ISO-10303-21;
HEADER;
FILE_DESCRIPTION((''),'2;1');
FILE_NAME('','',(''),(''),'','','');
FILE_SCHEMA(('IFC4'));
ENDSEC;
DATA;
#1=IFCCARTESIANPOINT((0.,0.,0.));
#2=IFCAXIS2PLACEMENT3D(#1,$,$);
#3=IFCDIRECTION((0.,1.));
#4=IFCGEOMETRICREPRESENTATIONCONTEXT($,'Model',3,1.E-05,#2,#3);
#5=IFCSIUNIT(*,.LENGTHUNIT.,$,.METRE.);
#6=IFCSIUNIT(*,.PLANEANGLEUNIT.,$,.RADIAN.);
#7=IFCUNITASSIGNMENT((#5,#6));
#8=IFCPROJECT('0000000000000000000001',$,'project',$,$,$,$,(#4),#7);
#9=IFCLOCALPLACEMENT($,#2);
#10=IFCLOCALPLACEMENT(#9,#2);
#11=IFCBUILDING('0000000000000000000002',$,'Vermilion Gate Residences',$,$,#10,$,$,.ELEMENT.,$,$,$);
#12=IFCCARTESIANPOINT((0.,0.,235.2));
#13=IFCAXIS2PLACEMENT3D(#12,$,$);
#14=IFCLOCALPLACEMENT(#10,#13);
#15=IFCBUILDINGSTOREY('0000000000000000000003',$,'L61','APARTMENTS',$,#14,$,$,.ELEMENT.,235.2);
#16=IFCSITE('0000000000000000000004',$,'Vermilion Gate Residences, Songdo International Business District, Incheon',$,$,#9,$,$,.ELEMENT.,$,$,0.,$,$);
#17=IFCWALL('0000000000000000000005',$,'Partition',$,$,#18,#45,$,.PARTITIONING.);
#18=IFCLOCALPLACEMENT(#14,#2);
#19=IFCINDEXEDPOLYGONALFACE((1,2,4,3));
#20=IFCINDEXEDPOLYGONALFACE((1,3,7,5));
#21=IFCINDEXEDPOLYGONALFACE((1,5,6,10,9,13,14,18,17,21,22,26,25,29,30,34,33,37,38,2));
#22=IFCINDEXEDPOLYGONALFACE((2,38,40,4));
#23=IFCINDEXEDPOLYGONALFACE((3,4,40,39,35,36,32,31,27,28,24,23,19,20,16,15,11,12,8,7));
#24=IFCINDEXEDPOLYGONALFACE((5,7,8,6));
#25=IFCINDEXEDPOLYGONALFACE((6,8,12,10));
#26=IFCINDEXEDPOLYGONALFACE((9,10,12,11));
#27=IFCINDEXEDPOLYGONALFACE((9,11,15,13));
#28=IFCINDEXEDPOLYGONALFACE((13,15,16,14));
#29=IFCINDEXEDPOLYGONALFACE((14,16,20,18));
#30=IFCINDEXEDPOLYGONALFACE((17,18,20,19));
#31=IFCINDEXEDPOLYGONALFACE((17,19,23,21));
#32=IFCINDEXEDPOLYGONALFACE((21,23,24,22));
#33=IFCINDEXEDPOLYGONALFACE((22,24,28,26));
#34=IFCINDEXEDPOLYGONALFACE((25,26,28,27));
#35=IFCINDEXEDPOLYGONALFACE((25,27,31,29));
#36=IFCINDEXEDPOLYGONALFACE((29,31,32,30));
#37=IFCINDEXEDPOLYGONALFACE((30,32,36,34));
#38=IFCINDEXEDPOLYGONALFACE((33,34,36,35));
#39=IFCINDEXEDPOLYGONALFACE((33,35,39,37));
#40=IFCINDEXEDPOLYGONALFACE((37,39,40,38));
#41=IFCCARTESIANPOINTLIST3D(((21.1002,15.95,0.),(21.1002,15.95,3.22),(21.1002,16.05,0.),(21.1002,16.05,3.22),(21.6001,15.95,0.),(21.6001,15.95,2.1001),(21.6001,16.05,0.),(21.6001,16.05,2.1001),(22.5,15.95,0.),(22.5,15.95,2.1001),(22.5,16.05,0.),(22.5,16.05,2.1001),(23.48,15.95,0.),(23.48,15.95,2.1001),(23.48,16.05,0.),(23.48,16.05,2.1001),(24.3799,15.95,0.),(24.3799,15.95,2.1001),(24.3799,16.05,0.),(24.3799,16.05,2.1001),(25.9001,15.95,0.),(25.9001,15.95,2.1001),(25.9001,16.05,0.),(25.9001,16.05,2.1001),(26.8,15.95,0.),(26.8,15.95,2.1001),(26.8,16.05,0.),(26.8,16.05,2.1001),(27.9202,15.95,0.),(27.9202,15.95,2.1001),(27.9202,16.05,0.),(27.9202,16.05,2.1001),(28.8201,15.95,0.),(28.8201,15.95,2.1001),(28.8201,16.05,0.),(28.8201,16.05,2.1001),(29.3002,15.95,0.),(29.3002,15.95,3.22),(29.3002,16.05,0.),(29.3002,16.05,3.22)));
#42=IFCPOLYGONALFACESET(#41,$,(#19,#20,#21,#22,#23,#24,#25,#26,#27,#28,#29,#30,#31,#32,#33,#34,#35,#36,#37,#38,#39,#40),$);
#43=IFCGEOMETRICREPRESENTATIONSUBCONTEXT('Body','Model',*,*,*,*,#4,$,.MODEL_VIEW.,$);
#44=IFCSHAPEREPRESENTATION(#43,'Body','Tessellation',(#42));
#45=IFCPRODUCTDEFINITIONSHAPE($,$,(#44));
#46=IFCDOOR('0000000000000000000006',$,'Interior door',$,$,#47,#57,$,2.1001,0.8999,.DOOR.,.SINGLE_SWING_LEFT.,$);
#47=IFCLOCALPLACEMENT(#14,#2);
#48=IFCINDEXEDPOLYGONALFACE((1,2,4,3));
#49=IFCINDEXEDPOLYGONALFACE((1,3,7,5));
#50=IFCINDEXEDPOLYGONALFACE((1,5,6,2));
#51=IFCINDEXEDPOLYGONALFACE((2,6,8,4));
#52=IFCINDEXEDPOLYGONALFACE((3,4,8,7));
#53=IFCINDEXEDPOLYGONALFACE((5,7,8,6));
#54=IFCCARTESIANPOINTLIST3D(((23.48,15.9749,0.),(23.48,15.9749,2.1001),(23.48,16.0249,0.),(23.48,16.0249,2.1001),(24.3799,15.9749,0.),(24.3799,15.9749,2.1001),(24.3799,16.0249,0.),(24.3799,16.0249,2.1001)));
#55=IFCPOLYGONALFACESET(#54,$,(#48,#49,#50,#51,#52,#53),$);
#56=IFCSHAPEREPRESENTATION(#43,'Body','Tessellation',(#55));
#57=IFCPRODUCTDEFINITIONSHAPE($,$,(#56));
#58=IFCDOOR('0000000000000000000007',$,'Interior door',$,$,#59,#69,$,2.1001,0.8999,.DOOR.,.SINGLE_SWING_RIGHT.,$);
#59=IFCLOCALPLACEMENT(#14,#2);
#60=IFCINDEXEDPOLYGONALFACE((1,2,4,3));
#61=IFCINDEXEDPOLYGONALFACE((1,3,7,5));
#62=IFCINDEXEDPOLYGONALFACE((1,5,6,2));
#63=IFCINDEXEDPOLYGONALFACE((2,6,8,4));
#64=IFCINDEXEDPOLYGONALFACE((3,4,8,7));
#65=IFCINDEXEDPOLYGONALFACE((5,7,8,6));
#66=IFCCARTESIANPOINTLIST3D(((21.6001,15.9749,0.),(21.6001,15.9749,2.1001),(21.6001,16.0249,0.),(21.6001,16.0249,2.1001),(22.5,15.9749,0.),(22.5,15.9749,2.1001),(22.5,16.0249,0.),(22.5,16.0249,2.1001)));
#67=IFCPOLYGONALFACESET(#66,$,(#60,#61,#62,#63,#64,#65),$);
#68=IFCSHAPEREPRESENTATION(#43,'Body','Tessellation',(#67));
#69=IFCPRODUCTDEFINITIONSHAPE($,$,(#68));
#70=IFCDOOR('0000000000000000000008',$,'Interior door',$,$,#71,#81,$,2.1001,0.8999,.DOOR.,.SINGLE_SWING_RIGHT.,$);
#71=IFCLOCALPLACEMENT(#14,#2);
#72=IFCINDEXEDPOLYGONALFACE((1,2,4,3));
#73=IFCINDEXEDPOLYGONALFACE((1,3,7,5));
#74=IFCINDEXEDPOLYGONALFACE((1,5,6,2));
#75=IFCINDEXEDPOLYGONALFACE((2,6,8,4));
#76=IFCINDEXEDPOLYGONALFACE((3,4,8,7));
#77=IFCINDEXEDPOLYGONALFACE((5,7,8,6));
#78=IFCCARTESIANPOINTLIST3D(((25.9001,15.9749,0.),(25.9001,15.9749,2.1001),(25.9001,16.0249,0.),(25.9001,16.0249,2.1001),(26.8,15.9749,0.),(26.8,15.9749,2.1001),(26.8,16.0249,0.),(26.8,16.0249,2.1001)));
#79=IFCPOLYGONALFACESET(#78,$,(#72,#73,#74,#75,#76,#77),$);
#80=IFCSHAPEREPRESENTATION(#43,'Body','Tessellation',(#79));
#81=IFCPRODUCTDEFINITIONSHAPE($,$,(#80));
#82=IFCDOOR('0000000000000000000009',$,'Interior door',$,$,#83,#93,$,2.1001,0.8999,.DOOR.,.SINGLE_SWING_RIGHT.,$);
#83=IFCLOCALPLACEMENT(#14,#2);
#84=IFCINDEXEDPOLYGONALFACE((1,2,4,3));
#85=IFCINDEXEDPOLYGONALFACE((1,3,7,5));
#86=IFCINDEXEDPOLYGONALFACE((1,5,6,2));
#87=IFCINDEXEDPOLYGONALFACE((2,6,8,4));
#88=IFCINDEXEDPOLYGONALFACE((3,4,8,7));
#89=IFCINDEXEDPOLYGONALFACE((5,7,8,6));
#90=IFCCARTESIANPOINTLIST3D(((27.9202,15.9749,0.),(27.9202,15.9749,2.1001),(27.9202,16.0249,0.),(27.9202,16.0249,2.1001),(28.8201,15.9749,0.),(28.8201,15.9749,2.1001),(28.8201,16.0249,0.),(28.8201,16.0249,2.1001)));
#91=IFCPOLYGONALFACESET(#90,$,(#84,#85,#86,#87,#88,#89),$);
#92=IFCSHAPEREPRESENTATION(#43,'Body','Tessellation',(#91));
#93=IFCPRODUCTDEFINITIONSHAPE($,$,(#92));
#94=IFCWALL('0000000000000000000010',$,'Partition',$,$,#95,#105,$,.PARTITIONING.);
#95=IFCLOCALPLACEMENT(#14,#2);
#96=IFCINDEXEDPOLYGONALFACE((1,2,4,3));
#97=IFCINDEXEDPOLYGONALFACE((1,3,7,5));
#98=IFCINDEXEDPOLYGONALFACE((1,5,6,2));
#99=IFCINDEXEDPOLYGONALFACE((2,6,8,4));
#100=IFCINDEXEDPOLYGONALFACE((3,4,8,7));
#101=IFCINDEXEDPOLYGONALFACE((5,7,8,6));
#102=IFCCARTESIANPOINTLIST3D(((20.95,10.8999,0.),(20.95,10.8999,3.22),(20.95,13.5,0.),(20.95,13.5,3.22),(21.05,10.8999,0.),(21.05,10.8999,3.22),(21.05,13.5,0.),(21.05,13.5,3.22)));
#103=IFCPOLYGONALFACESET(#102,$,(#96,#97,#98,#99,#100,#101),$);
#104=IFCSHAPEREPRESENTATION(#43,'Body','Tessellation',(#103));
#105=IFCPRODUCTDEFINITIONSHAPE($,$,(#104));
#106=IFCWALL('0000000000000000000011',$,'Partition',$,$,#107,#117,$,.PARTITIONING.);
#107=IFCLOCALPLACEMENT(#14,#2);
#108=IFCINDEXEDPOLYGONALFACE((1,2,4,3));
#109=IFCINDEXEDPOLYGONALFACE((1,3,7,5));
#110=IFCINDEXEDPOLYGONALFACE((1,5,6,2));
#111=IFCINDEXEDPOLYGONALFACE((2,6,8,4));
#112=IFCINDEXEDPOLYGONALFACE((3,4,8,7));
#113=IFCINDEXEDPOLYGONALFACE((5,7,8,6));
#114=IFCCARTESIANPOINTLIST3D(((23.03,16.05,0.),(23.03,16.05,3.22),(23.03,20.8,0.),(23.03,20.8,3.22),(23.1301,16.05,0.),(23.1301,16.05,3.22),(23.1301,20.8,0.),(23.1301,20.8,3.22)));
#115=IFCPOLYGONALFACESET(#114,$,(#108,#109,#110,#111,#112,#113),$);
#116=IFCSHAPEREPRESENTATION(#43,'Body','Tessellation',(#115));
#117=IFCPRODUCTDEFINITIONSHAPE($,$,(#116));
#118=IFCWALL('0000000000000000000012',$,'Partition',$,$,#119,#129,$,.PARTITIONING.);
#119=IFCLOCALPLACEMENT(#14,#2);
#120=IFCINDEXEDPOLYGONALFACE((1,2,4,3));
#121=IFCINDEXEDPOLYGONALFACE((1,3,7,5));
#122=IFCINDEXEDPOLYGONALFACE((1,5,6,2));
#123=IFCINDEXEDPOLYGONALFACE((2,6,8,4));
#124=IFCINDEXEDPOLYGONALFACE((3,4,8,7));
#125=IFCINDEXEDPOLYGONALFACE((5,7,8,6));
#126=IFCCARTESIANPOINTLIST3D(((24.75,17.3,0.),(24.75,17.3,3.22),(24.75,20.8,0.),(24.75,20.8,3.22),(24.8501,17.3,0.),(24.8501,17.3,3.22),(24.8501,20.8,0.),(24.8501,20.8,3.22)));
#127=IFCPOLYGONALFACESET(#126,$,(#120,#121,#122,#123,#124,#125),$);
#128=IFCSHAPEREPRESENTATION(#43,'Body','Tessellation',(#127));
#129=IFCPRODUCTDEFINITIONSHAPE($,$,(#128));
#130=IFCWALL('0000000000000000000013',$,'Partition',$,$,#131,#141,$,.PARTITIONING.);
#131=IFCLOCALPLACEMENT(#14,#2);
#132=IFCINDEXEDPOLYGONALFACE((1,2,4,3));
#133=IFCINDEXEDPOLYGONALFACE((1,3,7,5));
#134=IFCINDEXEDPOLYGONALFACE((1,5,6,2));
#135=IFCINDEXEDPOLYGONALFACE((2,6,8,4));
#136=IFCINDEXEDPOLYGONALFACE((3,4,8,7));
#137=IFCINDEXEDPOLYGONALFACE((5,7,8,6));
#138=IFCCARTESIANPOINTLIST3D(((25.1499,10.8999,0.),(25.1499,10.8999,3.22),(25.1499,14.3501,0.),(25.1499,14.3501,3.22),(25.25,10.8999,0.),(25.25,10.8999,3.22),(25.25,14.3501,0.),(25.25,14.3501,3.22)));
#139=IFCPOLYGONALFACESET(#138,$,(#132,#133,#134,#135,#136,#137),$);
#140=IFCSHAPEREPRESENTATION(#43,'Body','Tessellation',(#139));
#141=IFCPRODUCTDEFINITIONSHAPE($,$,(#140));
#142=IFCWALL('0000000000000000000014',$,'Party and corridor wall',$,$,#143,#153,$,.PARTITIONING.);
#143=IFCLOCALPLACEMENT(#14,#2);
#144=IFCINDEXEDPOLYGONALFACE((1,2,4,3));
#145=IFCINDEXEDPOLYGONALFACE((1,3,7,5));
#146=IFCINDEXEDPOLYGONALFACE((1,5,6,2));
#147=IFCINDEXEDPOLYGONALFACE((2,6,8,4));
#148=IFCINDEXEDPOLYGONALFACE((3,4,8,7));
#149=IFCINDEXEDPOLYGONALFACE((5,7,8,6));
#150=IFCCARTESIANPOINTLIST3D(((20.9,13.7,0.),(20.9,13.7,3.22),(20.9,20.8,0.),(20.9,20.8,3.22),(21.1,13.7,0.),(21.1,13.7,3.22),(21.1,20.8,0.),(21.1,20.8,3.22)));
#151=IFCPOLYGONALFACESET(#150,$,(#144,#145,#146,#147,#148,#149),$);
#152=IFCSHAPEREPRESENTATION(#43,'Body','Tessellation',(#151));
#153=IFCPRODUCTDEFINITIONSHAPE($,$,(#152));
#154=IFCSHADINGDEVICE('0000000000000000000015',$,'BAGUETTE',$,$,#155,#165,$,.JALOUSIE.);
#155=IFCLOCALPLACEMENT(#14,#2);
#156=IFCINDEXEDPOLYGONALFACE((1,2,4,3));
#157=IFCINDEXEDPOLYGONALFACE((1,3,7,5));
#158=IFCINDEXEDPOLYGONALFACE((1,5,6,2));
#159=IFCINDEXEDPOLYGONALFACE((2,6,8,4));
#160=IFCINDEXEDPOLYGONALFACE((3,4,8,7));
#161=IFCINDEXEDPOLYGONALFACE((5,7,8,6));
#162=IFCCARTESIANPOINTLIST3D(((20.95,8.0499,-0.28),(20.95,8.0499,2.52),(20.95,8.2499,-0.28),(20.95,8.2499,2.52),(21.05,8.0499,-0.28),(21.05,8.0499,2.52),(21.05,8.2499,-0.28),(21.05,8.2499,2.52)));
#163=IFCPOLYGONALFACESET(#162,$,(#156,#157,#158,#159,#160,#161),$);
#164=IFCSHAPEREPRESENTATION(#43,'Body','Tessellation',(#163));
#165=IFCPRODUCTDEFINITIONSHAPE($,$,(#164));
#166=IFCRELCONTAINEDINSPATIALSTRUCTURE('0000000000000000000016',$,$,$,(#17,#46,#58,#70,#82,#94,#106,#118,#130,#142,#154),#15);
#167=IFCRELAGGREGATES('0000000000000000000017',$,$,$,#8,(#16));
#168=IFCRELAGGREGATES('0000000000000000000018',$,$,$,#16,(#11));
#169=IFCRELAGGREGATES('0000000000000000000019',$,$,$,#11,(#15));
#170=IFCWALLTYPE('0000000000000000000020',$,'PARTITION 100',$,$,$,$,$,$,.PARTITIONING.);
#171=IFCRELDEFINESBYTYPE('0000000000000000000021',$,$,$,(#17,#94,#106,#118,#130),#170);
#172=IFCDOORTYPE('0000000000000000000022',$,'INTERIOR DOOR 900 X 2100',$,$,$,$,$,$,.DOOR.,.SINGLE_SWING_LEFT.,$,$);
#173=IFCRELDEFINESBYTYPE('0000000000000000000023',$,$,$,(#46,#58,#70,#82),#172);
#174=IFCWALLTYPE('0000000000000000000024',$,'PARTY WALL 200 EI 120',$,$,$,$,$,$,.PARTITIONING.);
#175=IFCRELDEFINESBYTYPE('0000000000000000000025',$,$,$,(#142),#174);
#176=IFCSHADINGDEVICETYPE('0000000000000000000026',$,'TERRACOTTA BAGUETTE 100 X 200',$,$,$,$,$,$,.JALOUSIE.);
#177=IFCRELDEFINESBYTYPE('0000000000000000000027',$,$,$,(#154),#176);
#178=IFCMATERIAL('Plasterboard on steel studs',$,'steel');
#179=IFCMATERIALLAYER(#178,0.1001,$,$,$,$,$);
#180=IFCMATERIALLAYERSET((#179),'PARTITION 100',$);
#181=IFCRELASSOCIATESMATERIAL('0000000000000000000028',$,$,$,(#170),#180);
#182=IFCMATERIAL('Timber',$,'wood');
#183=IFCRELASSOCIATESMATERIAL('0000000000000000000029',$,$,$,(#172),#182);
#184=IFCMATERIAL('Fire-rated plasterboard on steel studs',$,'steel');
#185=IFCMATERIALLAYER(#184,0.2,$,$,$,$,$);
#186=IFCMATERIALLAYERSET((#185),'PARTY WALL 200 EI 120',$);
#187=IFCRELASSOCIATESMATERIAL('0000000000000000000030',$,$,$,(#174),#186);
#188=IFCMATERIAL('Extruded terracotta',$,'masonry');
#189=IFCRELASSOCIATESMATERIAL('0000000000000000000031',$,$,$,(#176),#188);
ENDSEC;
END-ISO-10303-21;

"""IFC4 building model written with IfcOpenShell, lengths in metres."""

from ifc_helpers import new_model, si_unit, direction, frame, frame_2d, origin, origin_2d, place, context, subcontext, project, spatial, rectangle, extrude, material, layer, layer_set, material_profile, profile_set, type_object, element, fill, save


model = new_model("IFC4")

# Units and contexts
model_context = context("Model", 3, precision=1e-05, world=origin(), true_north=direction((0.0, 1.0)))
body_context = subcontext(model_context, "Body", "Model", "MODEL_VIEW")
ifc_project = project(units=[si_unit("LENGTHUNIT", "METRE"), si_unit("PLANEANGLEUNIT", "RADIAN")], contexts=[model_context])

# Site, building, storey
site_placement = place(None, origin())
site = spatial("IfcSite", under=ifc_project, at=site_placement, Name="Vermilion Gate Residences, Songdo International Business District, Incheon", CompositionType="ELEMENT", RefElevation=0.0)
building_placement = place(site_placement, origin())
building = spatial("IfcBuilding", under=site, at=building_placement, Name="Vermilion Gate Residences", CompositionType="ELEMENT")
storey_placement = place(building_placement, frame((0.0, 0.0, 235.2)))
storey = spatial("IfcBuildingStorey", under=building, at=storey_placement, Name="L61", Description="APARTMENTS", CompositionType="ELEMENT", Elevation=235.2)

# Wall, openings, doors
ifc_material_1 = material(Name="Plasterboard on steel studs", Category="steel")
ifc_layer_1 = layer(ifc_material_1, 0.1001)
ifc_layer_set_1 = layer_set([ifc_layer_1], Name="PARTITION 100")
wall_type_1 = type_object("IfcWallType", Name="PARTITION 100", PredefinedType="PARTITIONING", material=ifc_layer_set_1)
ifc_material_2 = material(Name="Timber", Category="wood")
door_type = type_object("IfcDoorType", Name="INTERIOR DOOR 900 X 2100", OperationType="SINGLE_SWING_LEFT", PredefinedType="DOOR", material=ifc_material_2)
wall_1_placement = place(storey_placement, frame((21.1001, 16.0, 0.0), z_axis=(0.0, 0.0, 1.0), x_axis=(1.0, 0.0, 0.0)))
wall_1 = element("IfcWall", 1, at=wall_1_placement, inside=storey, type_object=wall_type_1, Name="Partition", PredefinedType="PARTITIONING", context=body_context, shape_type="SweptSolid", body=[
    extrude(rectangle(XDim=8.2, YDim=0.1001, at=frame_2d((4.1001, 0.0))), origin(), (0.0, 0.0, 1.0), 3.22),
])
opening_1_placement = place(wall_1_placement, frame((2.3799, 0.0, 0.0)))
opening_1 = element("IfcOpeningElement", 2, at=opening_1_placement, cuts=wall_1, PredefinedType="OPENING", context=body_context, shape_type="SweptSolid", body=[
    extrude(rectangle(XDim=0.8999, YDim=2.1001, at=frame_2d((0.45, 1.05))), frame((0.0, 0.0601, 0.0), z_axis=(0.0, -1.0, 0.0), x_axis=(1.0, 0.0, 0.0)), (0.0, 0.0, 1.0), 0.1201),
])
opening_2_placement = place(wall_1_placement, frame((0.5, 0.0, 0.0)))
opening_2 = element("IfcOpeningElement", 3, at=opening_2_placement, cuts=wall_1, PredefinedType="OPENING", context=body_context, shape_type="SweptSolid", body=[
    extrude(rectangle(XDim=0.8999, YDim=2.1001, at=frame_2d((0.45, 1.05))), frame((0.0, 0.0601, 0.0), z_axis=(0.0, -1.0, 0.0), x_axis=(1.0, 0.0, 0.0)), (0.0, 0.0, 1.0), 0.1201),
])
opening_3_placement = place(wall_1_placement, frame((4.8, 0.0, 0.0)))
opening_3 = element("IfcOpeningElement", 4, at=opening_3_placement, cuts=wall_1, PredefinedType="OPENING", context=body_context, shape_type="SweptSolid", body=[
    extrude(rectangle(XDim=0.8999, YDim=2.1001, at=frame_2d((0.45, 1.05))), frame((0.0, 0.0601, 0.0), z_axis=(0.0, -1.0, 0.0), x_axis=(1.0, 0.0, 0.0)), (0.0, 0.0, 1.0), 0.1201),
])
opening_4_placement = place(wall_1_placement, frame((6.8201, 0.0, 0.0)))
opening_4 = element("IfcOpeningElement", 5, at=opening_4_placement, cuts=wall_1, PredefinedType="OPENING", context=body_context, shape_type="SweptSolid", body=[
    extrude(rectangle(XDim=0.8999, YDim=2.1001, at=frame_2d((0.45, 1.05))), frame((0.0, 0.0601, 0.0), z_axis=(0.0, -1.0, 0.0), x_axis=(1.0, 0.0, 0.0)), (0.0, 0.0, 1.0), 0.1201),
])
door_1_placement = place(opening_1_placement, origin())
door_1 = element("IfcDoor", 6, at=door_1_placement, inside=storey, type_object=door_type, Name="Interior door", OperationType="SINGLE_SWING_LEFT", OverallHeight=2.1001, OverallWidth=0.8999, PredefinedType="DOOR", context=body_context, shape_type="SweptSolid", body=[
    extrude(rectangle(XDim=0.8999, YDim=2.1001, at=frame_2d((0.45, 1.05))), frame((0.0, 0.0249, 0.0), z_axis=(0.0, -1.0, 0.0), x_axis=(1.0, 0.0, 0.0)), (0.0, 0.0, 1.0), 0.05),
])
fill(opening_1, door_1)
door_2_placement = place(opening_2_placement, origin())
door_2 = element("IfcDoor", 7, at=door_2_placement, inside=storey, type_object=door_type, Name="Interior door", OperationType="SINGLE_SWING_RIGHT", OverallHeight=2.1001, OverallWidth=0.8999, PredefinedType="DOOR", context=body_context, shape_type="SweptSolid", body=[
    extrude(rectangle(XDim=0.8999, YDim=2.1001, at=frame_2d((0.45, 1.05))), frame((0.0, 0.0249, 0.0), z_axis=(0.0, -1.0, 0.0), x_axis=(1.0, 0.0, 0.0)), (0.0, 0.0, 1.0), 0.05),
])
fill(opening_2, door_2)
door_3_placement = place(opening_3_placement, origin())
door_3 = element("IfcDoor", 8, at=door_3_placement, inside=storey, type_object=door_type, Name="Interior door", OperationType="SINGLE_SWING_RIGHT", OverallHeight=2.1001, OverallWidth=0.8999, PredefinedType="DOOR", context=body_context, shape_type="SweptSolid", body=[
    extrude(rectangle(XDim=0.8999, YDim=2.1001, at=frame_2d((0.45, 1.05))), frame((0.0, 0.0249, 0.0), z_axis=(0.0, -1.0, 0.0), x_axis=(1.0, 0.0, 0.0)), (0.0, 0.0, 1.0), 0.05),
])
fill(opening_3, door_3)
door_4_placement = place(opening_4_placement, origin())
door_4 = element("IfcDoor", 9, at=door_4_placement, inside=storey, type_object=door_type, Name="Interior door", OperationType="SINGLE_SWING_RIGHT", OverallHeight=2.1001, OverallWidth=0.8999, PredefinedType="DOOR", context=body_context, shape_type="SweptSolid", body=[
    extrude(rectangle(XDim=0.8999, YDim=2.1001, at=frame_2d((0.45, 1.05))), frame((0.0, 0.0249, 0.0), z_axis=(0.0, -1.0, 0.0), x_axis=(1.0, 0.0, 0.0)), (0.0, 0.0, 1.0), 0.05),
])
fill(opening_4, door_4)

# Walls
wall_2_placement = place(storey_placement, frame((21.0, 10.8999, 0.0), z_axis=(0.0, 0.0, 1.0), x_axis=(0.0, 1.0, 0.0)))
element("IfcWall", 10, at=wall_2_placement, inside=storey, type_object=wall_type_1, Name="Partition", PredefinedType="PARTITIONING", context=body_context, shape_type="SweptSolid", body=[
    extrude(rectangle(XDim=2.6001, YDim=0.1001, at=frame_2d((1.3, 0.0))), origin(), (0.0, 0.0, 1.0), 3.22),
])
wall_3_placement = place(storey_placement, frame((23.0801, 16.05, 0.0), z_axis=(0.0, 0.0, 1.0), x_axis=(0.0, 1.0, 0.0)))
element("IfcWall", 11, at=wall_3_placement, inside=storey, type_object=wall_type_1, Name="Partition", PredefinedType="PARTITIONING", context=body_context, shape_type="SweptSolid", body=[
    extrude(rectangle(XDim=4.75, YDim=0.1001, at=frame_2d((2.375, 0.0))), origin(), (0.0, 0.0, 1.0), 3.22),
])
wall_4_placement = place(storey_placement, frame((24.8, 17.3, 0.0), z_axis=(0.0, 0.0, 1.0), x_axis=(0.0, 1.0, 0.0)))
element("IfcWall", 12, at=wall_4_placement, inside=storey, type_object=wall_type_1, Name="Partition", PredefinedType="PARTITIONING", context=body_context, shape_type="SweptSolid", body=[
    extrude(rectangle(XDim=3.5, YDim=0.1001, at=frame_2d((1.75, 0.0))), origin(), (0.0, 0.0, 1.0), 3.22),
])
wall_5_placement = place(storey_placement, frame((25.2, 10.8999, 0.0), z_axis=(0.0, 0.0, 1.0), x_axis=(0.0, 1.0, 0.0)))
element("IfcWall", 13, at=wall_5_placement, inside=storey, type_object=wall_type_1, Name="Partition", PredefinedType="PARTITIONING", context=body_context, shape_type="SweptSolid", body=[
    extrude(rectangle(XDim=3.4502, YDim=0.1001, at=frame_2d((1.7251, 0.0))), origin(), (0.0, 0.0, 1.0), 3.22),
])
ifc_material_3 = material(Name="Fire-rated plasterboard on steel studs", Category="steel")
ifc_layer_2 = layer(ifc_material_3, 0.2)
ifc_layer_set_2 = layer_set([ifc_layer_2], Name="PARTY WALL 200 EI 120")
wall_type_2 = type_object("IfcWallType", Name="PARTY WALL 200 EI 120", PredefinedType="PARTITIONING", material=ifc_layer_set_2)
wall_6_placement = place(storey_placement, frame((21.0, 13.7, 0.0), z_axis=(0.0, 0.0, 1.0), x_axis=(0.0, 1.0, 0.0)))
element("IfcWall", 14, at=wall_6_placement, inside=storey, type_object=wall_type_2, Name="Party and corridor wall", PredefinedType="PARTITIONING", context=body_context, shape_type="SweptSolid", body=[
    extrude(rectangle(XDim=7.1001, YDim=0.2, at=frame_2d((3.55, 0.0))), origin(), (0.0, 0.0, 1.0), 3.22),
])

# Shading device
ifc_material_4 = material(Name="Extruded terracotta", Category="masonry")
ifc_material_profile_1 = material_profile(ifc_material_4, rectangle(XDim=0.2, YDim=0.1001, at=origin_2d()), Name="BAGUETTE 100 X 200")
ifc_profile_set_1 = profile_set([ifc_material_profile_1], Name="Extruded terracotta")
shading_device_type = type_object("IfcShadingDeviceType", Name="TERRACOTTA BAGUETTE 100 X 200", PredefinedType="JALOUSIE", material=ifc_profile_set_1)
shading_device_placement = place(storey_placement, frame((21.0, 8.1499, -0.28), z_axis=(0.0, 0.0, 1.0), x_axis=(0.0, 1.0, 0.0)))
element("IfcShadingDevice", 15, at=shading_device_placement, inside=storey, type_object=shading_device_type, Name="BAGUETTE", PredefinedType="JALOUSIE", context=body_context, shape_type="SweptSolid", body=[
    extrude(rectangle(XDim=0.2, YDim=0.1001, at=origin_2d()), origin(), (0.0, 0.0, 1.0), 2.8),
])

save(model, "model.ifc")
